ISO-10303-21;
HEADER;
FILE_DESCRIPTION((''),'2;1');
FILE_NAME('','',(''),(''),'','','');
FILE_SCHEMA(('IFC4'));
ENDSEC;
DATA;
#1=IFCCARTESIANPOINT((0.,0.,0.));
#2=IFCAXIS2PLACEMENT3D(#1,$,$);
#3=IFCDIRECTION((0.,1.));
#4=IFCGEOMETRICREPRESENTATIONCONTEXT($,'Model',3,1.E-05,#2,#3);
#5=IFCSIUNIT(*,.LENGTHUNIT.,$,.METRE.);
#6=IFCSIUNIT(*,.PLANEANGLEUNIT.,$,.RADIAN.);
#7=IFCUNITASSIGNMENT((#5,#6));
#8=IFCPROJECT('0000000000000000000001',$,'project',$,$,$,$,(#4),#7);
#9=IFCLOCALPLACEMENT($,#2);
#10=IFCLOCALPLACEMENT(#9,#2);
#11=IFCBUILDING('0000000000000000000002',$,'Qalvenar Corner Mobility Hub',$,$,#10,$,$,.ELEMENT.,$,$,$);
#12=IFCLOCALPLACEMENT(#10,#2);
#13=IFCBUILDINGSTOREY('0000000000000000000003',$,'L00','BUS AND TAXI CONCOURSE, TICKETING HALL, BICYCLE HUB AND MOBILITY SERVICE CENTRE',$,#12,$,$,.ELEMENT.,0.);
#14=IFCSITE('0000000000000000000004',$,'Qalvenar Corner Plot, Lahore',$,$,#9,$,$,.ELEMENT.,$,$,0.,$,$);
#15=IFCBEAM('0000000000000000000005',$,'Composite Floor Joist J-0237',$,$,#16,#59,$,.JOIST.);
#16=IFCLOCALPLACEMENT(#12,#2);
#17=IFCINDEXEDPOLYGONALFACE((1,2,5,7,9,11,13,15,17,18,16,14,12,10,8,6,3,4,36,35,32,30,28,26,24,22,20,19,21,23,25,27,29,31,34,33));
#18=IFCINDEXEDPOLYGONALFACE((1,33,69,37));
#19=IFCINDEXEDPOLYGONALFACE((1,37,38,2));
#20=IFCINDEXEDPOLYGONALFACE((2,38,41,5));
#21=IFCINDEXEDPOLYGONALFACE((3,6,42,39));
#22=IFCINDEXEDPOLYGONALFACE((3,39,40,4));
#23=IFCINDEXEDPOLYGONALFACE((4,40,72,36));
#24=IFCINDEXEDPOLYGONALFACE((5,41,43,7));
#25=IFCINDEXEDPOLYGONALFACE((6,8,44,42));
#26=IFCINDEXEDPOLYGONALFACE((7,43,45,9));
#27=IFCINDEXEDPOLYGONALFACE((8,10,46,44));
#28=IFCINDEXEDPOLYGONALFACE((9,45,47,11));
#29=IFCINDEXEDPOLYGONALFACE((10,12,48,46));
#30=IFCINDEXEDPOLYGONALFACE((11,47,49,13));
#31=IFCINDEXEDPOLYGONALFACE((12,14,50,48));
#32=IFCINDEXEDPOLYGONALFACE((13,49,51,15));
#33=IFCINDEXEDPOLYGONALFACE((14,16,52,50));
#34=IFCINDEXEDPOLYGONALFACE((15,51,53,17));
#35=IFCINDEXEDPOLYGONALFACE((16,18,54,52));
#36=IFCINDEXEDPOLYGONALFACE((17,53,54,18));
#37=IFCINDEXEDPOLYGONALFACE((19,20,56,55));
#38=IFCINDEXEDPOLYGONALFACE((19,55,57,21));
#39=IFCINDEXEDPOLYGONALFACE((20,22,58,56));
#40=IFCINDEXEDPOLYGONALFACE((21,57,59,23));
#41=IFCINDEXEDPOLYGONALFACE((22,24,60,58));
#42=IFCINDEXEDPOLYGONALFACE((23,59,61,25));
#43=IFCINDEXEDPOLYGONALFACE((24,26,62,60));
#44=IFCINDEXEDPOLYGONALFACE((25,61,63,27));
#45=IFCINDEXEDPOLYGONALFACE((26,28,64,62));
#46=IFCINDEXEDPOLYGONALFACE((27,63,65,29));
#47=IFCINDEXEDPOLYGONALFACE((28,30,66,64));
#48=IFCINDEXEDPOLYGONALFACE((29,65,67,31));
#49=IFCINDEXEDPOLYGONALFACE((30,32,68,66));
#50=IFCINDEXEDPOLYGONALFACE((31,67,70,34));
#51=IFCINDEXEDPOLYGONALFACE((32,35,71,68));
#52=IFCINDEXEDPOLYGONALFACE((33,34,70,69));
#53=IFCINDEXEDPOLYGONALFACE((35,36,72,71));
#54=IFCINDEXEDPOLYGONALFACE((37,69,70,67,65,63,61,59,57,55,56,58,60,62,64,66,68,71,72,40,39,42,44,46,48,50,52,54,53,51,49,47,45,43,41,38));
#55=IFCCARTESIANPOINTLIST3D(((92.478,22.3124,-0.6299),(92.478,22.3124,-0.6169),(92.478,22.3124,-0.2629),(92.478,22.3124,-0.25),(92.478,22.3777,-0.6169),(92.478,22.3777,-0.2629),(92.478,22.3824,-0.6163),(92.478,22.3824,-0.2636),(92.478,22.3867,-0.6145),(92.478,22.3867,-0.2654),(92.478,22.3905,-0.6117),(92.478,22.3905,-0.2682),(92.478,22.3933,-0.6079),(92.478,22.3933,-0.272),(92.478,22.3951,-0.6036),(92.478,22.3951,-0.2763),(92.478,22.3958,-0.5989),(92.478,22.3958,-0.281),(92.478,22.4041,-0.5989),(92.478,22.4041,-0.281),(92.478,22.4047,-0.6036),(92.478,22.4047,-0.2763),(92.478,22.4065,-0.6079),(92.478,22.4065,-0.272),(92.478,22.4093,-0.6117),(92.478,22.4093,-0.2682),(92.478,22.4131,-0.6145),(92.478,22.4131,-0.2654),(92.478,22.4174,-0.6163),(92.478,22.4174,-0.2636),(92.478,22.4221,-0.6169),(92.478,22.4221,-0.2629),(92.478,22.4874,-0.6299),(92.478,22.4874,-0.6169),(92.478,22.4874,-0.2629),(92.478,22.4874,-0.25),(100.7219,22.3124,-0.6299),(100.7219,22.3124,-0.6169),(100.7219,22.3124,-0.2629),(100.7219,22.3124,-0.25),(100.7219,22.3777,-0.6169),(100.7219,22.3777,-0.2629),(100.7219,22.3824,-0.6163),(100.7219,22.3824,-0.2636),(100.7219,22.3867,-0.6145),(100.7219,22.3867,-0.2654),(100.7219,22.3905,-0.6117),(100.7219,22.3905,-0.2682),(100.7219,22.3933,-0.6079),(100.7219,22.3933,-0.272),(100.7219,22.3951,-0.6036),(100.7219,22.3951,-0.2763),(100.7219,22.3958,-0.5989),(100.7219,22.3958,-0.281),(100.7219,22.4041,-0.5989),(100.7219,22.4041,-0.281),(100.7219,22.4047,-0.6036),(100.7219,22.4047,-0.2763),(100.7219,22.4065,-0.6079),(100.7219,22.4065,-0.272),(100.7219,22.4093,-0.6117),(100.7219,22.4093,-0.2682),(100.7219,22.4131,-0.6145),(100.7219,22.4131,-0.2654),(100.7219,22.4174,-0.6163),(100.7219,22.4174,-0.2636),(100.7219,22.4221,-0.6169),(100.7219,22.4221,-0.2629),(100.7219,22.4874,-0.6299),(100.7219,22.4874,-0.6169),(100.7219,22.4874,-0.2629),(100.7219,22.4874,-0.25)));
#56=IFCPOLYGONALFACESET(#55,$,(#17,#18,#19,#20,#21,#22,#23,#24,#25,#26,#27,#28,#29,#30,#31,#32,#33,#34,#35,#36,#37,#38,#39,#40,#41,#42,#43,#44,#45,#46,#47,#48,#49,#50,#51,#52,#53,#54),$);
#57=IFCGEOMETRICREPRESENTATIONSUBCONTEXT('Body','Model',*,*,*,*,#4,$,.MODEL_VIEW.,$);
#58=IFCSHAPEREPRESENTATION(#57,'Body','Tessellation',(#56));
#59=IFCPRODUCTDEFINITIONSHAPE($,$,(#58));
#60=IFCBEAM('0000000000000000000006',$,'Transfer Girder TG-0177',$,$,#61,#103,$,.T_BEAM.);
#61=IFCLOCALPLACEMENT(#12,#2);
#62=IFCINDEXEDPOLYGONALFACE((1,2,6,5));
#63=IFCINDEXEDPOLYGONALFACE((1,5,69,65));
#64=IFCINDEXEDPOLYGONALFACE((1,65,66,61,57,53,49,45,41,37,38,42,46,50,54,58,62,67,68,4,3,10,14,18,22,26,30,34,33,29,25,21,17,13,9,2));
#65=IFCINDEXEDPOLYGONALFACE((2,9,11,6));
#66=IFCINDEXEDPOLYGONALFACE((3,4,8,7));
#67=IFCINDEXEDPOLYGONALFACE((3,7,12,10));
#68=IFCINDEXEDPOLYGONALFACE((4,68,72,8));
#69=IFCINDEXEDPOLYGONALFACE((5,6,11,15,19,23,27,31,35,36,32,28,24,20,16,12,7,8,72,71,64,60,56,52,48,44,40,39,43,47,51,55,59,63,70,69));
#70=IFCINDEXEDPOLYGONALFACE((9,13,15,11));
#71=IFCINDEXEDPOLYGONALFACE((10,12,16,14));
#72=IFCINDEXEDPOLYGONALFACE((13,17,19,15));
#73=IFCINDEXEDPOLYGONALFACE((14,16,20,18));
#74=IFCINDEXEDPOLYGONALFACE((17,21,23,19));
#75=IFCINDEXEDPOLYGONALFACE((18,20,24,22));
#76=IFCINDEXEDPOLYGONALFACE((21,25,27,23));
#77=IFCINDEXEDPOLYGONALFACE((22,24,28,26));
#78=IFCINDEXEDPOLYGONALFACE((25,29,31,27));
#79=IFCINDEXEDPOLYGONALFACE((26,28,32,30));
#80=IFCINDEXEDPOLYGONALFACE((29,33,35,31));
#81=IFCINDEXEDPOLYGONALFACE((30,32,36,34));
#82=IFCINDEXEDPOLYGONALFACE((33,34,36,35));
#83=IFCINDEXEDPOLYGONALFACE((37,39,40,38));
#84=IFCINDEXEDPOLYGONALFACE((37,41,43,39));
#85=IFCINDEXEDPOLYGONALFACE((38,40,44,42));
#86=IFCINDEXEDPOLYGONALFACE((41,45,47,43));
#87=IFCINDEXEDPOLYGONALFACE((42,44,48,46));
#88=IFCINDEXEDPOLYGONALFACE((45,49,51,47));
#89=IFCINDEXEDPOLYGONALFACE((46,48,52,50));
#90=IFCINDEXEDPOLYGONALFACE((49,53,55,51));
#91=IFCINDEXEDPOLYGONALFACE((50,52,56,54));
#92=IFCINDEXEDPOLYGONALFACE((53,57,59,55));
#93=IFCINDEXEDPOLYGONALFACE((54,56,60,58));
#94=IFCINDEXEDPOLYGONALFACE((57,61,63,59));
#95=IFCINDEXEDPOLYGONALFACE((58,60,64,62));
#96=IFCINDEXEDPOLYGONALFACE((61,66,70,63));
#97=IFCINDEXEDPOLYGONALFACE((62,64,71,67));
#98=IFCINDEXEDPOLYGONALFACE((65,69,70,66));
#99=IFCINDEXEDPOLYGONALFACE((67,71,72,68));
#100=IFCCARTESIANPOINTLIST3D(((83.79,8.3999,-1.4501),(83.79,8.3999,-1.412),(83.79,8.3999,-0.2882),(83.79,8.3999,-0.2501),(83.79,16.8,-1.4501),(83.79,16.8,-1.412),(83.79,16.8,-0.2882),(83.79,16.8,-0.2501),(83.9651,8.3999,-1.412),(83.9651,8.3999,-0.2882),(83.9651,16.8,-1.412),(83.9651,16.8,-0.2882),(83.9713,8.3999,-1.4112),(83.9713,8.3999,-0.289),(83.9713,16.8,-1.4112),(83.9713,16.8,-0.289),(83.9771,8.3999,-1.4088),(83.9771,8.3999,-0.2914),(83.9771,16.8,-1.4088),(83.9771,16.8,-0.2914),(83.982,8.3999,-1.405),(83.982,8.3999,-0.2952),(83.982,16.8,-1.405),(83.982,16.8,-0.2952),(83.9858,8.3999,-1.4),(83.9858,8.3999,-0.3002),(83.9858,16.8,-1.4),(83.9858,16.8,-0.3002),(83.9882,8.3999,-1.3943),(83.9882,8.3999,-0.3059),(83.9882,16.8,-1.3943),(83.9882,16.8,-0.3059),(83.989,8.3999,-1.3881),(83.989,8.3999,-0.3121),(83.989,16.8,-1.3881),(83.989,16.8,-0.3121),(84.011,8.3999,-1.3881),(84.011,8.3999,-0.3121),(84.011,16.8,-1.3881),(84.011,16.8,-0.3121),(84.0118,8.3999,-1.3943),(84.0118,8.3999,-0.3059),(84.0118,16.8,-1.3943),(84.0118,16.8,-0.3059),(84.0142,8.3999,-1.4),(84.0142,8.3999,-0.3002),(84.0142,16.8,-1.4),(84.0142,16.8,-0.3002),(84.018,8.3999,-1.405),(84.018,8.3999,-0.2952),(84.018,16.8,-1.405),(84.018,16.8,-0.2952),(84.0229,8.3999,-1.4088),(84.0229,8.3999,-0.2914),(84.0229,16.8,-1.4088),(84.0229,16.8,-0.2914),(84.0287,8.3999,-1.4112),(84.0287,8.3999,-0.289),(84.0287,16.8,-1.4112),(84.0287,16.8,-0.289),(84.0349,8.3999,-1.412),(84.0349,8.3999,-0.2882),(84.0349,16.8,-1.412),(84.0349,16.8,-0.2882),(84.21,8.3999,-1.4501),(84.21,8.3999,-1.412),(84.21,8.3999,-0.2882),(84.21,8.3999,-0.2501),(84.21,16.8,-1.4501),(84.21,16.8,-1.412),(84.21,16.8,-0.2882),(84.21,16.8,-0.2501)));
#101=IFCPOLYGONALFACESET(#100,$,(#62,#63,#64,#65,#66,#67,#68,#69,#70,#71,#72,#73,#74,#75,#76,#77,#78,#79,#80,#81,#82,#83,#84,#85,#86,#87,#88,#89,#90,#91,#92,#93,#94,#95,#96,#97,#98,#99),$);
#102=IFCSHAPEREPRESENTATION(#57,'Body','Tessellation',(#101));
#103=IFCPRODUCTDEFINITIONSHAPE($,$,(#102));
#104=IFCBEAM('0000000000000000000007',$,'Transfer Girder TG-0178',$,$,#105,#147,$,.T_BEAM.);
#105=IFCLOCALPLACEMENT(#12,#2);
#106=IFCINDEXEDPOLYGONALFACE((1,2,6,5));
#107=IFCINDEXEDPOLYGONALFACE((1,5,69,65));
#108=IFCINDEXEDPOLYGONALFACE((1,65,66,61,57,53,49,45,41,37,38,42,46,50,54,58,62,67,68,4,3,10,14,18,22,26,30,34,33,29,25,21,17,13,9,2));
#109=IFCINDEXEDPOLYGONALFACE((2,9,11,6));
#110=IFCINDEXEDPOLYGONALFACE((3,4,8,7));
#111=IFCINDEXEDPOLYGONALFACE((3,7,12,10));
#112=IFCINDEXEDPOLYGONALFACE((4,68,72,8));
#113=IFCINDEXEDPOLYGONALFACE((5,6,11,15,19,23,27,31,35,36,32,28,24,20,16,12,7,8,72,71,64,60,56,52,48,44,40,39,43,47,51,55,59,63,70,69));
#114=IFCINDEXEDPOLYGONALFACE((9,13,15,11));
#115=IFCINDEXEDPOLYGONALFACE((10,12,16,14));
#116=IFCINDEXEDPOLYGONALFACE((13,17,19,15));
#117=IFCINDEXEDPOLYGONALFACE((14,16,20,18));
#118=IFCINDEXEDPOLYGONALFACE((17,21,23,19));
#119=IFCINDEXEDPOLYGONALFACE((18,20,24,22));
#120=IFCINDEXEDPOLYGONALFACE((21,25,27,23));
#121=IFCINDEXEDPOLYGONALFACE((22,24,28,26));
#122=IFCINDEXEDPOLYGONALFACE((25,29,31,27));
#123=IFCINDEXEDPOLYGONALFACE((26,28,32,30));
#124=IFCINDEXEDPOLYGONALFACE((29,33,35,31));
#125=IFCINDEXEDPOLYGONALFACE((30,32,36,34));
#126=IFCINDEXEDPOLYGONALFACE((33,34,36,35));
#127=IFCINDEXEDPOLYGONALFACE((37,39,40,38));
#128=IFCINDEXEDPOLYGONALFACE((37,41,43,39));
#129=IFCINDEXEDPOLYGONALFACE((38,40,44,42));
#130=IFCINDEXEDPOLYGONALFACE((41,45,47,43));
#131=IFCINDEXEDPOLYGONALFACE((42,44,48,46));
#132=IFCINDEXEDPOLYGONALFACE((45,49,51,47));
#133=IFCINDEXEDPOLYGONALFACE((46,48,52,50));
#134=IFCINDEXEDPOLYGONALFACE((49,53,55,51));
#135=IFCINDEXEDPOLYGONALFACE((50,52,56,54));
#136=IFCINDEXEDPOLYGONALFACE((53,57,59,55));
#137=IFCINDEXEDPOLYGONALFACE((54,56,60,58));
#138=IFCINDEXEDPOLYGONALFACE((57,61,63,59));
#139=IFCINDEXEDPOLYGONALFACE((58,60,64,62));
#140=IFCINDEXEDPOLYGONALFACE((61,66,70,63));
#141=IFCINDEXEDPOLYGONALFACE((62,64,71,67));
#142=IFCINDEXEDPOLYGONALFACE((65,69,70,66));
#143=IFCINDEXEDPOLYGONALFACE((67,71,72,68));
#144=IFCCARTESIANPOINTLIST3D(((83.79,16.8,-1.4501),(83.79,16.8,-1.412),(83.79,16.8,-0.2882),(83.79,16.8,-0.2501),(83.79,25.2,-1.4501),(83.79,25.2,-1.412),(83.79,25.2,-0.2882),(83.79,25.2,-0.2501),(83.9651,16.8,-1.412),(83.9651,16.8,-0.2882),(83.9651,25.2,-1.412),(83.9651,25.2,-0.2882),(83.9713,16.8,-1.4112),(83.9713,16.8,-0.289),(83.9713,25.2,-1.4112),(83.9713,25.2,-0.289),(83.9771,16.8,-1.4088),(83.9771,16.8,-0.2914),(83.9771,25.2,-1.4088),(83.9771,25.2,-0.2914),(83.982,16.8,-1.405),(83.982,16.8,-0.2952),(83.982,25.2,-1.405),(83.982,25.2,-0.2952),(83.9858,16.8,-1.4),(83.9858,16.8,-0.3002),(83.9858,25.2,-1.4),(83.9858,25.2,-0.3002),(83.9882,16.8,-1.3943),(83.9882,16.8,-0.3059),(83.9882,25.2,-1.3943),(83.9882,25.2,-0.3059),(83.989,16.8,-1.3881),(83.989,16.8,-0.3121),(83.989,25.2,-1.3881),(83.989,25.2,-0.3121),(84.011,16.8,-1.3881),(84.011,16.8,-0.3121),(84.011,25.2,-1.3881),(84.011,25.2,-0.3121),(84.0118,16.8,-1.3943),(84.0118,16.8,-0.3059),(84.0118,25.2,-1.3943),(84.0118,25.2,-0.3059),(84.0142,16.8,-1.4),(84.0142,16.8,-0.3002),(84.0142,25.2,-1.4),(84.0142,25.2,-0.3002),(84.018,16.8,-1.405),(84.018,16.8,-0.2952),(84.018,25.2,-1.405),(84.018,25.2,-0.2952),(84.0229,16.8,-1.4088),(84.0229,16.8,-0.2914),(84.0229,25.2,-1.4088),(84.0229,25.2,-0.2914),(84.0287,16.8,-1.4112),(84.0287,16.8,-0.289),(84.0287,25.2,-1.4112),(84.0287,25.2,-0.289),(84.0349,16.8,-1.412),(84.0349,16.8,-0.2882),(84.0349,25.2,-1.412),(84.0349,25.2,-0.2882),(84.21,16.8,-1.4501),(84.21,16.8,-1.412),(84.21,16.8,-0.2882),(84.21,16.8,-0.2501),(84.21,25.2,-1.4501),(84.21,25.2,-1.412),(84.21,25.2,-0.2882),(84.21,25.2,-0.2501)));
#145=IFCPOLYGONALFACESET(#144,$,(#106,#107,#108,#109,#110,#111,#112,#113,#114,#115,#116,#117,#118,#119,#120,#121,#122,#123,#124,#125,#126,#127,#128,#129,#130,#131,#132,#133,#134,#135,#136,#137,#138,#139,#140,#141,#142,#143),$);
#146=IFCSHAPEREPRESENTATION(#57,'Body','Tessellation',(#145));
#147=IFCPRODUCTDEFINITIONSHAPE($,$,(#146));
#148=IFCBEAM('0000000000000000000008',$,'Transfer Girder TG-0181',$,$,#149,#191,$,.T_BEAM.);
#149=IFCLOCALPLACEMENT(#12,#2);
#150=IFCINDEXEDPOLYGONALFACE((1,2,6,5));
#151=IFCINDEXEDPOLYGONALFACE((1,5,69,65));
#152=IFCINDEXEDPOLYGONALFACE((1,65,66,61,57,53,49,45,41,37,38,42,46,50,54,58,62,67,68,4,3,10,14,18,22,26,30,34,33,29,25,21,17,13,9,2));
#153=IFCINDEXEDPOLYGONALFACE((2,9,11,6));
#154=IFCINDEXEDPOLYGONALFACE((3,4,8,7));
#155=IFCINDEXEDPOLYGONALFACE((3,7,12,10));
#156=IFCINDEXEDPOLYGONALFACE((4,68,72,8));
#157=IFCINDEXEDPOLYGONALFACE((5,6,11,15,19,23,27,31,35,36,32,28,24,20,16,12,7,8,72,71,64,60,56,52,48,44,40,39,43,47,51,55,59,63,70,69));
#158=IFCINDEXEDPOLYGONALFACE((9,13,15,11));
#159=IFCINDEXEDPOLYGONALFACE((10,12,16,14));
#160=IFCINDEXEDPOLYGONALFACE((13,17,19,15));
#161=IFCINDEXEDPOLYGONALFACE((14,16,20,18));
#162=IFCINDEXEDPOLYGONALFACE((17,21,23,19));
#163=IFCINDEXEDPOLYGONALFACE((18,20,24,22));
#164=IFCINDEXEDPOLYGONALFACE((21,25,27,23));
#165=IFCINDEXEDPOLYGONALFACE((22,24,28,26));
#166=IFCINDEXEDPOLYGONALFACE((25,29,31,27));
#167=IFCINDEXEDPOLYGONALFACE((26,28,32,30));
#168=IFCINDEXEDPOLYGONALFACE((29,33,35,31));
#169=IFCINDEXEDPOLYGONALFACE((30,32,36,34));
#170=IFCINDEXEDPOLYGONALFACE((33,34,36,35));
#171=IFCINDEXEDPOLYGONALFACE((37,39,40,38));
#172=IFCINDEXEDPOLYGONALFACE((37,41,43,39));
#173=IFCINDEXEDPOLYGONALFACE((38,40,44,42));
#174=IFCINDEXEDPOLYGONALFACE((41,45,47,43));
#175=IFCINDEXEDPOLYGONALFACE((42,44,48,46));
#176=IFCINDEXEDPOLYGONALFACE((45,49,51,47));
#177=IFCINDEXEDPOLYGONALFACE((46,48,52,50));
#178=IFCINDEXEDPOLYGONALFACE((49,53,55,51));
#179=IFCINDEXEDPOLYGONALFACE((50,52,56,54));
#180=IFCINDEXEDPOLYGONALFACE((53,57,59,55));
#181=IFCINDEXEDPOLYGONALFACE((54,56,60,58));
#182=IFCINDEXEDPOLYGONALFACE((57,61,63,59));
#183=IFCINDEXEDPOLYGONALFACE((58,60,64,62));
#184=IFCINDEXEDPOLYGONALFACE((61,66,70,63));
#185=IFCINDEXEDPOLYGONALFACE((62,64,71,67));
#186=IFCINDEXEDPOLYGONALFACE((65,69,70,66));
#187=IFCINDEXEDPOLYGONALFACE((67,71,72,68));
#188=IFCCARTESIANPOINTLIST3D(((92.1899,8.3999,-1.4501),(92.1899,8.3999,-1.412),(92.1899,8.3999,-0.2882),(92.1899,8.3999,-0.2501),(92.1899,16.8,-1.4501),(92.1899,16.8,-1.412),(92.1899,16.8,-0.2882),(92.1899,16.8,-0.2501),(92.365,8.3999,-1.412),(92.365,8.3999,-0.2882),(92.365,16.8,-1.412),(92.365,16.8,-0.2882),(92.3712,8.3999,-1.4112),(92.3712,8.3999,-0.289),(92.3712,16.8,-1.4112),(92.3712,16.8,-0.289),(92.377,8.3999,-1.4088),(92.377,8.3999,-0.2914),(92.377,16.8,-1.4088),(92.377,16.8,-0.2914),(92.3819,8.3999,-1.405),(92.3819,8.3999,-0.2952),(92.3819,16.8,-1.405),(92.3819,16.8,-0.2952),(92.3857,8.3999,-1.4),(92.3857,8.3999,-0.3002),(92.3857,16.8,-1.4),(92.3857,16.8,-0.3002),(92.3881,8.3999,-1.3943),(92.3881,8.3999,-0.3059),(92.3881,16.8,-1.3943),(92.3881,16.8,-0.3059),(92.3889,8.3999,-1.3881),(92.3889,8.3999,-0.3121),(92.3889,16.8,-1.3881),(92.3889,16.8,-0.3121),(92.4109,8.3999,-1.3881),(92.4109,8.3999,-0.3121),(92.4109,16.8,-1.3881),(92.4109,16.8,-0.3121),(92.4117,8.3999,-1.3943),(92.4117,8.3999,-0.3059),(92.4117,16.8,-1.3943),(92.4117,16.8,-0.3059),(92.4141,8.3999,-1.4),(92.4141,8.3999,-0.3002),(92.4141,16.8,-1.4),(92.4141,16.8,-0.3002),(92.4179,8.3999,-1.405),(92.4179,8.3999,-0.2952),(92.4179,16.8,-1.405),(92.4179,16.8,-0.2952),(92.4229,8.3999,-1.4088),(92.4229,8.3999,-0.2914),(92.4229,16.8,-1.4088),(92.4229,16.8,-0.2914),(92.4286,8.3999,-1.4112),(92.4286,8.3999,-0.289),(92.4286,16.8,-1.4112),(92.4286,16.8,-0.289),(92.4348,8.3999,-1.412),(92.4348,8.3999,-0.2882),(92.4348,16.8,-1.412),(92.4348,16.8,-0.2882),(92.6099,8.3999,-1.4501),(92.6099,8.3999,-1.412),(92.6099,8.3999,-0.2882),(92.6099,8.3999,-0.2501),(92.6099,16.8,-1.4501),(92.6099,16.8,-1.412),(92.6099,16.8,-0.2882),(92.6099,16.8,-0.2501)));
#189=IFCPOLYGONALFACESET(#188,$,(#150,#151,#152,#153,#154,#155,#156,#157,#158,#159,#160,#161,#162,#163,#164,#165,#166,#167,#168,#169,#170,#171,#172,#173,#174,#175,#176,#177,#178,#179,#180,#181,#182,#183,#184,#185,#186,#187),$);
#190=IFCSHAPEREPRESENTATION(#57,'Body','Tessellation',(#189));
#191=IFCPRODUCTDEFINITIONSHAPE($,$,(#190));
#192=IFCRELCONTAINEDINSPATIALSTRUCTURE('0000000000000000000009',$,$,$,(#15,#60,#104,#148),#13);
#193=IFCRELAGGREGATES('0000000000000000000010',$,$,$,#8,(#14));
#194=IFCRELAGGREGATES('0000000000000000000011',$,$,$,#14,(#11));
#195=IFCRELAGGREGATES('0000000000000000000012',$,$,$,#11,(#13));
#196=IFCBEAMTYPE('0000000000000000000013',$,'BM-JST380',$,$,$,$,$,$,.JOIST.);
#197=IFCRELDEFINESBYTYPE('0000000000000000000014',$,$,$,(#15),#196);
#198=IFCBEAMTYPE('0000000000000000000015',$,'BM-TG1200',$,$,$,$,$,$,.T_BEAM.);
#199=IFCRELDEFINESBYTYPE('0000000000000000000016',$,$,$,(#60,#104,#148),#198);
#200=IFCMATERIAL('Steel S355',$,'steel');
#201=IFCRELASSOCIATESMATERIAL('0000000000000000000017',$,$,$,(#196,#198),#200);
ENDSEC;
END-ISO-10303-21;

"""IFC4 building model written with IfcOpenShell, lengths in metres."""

from ifc_helpers import new_model, si_unit, direction, frame, origin, origin_2d, place, context, subcontext, project, spatial, i_section, extrude, material, material_profile, profile_set, type_object, element, save


model = new_model("IFC4")

# Units and contexts
model_context = context("Model", 3, precision=1e-05, world=origin(), true_north=direction((0.0, 1.0)))
body_context = subcontext(model_context, "Body", "Model", "MODEL_VIEW")
ifc_project = project(units=[si_unit("LENGTHUNIT", "METRE"), si_unit("PLANEANGLEUNIT", "RADIAN")], contexts=[model_context])

# Site, building, storey
site_placement = place(None, origin())
site = spatial("IfcSite", under=ifc_project, at=site_placement, Name="Qalvenar Corner Plot, Lahore", CompositionType="ELEMENT", RefElevation=0.0)
building_placement = place(site_placement, origin())
building = spatial("IfcBuilding", under=site, at=building_placement, Name="Qalvenar Corner Mobility Hub", CompositionType="ELEMENT")
storey_placement = place(building_placement, origin())
storey = spatial("IfcBuildingStorey", under=building, at=storey_placement, Name="L00", Description="BUS AND TAXI CONCOURSE, TICKETING HALL, BICYCLE HUB AND MOBILITY SERVICE CENTRE", CompositionType="ELEMENT", Elevation=0.0)

# Shared definitions
ifc_material_1 = material(Name="Steel S355", Category="steel")

# Beams
ifc_material_profile_1 = material_profile(ifc_material_1, i_section(OverallWidth=0.175, OverallDepth=0.3799, WebThickness=0.0083, FlangeThickness=0.0129, FilletRadius=0.0181, at=origin_2d()), Name="IPE380-EQ")
ifc_profile_set_1 = profile_set([ifc_material_profile_1], Name="Steel S355")
beam_type_1 = type_object("IfcBeamType", Name="BM-JST380", PredefinedType="JOIST", material=ifc_profile_set_1)
for number, where, z_axis, x_axis, name in (
    (1, (92.478, 22.3999, -0.4399), (1.0, 0.0, 0.0), (0.0, 1.0, 0.0), "Composite Floor Joist J-0237"),
):
    element("IfcBeam", number, at=place(storey_placement, frame(where, z_axis=z_axis, x_axis=x_axis)), inside=storey, type_object=beam_type_1, Name=name, PredefinedType="JOIST", context=body_context, shape_type="SweptSolid", body=[
        extrude(i_section(OverallWidth=0.175, OverallDepth=0.3799, WebThickness=0.0083, FlangeThickness=0.0129, FilletRadius=0.0181, at=origin_2d()), origin(), (0.0, 0.0, 1.0), 8.2439),
    ])
ifc_material_profile_2 = material_profile(ifc_material_1, i_section(OverallWidth=0.4199, OverallDepth=1.2, WebThickness=0.022, FlangeThickness=0.0381, FilletRadius=0.0239, at=origin_2d()), Name="W1100x390-TG1200")
ifc_profile_set_2 = profile_set([ifc_material_profile_2], Name="Steel S355")
beam_type_2 = type_object("IfcBeamType", Name="BM-TG1200", PredefinedType="T_BEAM", material=ifc_profile_set_2)
beam_1_placement = place(storey_placement, frame((84.0, 8.3999, -0.8501), z_axis=(0.0, 1.0, 0.0), x_axis=(-1.0, 0.0, 0.0)))
element("IfcBeam", 2, at=beam_1_placement, inside=storey, type_object=beam_type_2, Name="Transfer Girder TG-0177", PredefinedType="T_BEAM", context=body_context, shape_type="SweptSolid", body=[
    extrude(i_section(OverallWidth=0.4199, OverallDepth=1.2, WebThickness=0.022, FlangeThickness=0.0381, FilletRadius=0.0239, at=origin_2d()), origin(), (0.0, 0.0, 1.0), 8.4001),
])
beam_2_placement = place(storey_placement, frame((84.0, 16.8, -0.8501), z_axis=(0.0, 1.0, 0.0), x_axis=(-1.0, 0.0, 0.0)))
element("IfcBeam", 3, at=beam_2_placement, inside=storey, type_object=beam_type_2, Name="Transfer Girder TG-0178", PredefinedType="T_BEAM", context=body_context, shape_type="SweptSolid", body=[
    extrude(i_section(OverallWidth=0.4199, OverallDepth=1.2, WebThickness=0.022, FlangeThickness=0.0381, FilletRadius=0.0239, at=origin_2d()), origin(), (0.0, 0.0, 1.0), 8.3999),
])
beam_3_placement = place(storey_placement, frame((92.3999, 8.3999, -0.8501), z_axis=(0.0, 1.0, 0.0), x_axis=(-1.0, 0.0, 0.0)))
element("IfcBeam", 4, at=beam_3_placement, inside=storey, type_object=beam_type_2, Name="Transfer Girder TG-0181", PredefinedType="T_BEAM", context=body_context, shape_type="SweptSolid", body=[
    extrude(i_section(OverallWidth=0.4199, OverallDepth=1.2, WebThickness=0.022, FlangeThickness=0.0381, FilletRadius=0.0239, at=origin_2d()), origin(), (0.0, 0.0, 1.0), 8.4001),
])

save(model, "model.ifc")
